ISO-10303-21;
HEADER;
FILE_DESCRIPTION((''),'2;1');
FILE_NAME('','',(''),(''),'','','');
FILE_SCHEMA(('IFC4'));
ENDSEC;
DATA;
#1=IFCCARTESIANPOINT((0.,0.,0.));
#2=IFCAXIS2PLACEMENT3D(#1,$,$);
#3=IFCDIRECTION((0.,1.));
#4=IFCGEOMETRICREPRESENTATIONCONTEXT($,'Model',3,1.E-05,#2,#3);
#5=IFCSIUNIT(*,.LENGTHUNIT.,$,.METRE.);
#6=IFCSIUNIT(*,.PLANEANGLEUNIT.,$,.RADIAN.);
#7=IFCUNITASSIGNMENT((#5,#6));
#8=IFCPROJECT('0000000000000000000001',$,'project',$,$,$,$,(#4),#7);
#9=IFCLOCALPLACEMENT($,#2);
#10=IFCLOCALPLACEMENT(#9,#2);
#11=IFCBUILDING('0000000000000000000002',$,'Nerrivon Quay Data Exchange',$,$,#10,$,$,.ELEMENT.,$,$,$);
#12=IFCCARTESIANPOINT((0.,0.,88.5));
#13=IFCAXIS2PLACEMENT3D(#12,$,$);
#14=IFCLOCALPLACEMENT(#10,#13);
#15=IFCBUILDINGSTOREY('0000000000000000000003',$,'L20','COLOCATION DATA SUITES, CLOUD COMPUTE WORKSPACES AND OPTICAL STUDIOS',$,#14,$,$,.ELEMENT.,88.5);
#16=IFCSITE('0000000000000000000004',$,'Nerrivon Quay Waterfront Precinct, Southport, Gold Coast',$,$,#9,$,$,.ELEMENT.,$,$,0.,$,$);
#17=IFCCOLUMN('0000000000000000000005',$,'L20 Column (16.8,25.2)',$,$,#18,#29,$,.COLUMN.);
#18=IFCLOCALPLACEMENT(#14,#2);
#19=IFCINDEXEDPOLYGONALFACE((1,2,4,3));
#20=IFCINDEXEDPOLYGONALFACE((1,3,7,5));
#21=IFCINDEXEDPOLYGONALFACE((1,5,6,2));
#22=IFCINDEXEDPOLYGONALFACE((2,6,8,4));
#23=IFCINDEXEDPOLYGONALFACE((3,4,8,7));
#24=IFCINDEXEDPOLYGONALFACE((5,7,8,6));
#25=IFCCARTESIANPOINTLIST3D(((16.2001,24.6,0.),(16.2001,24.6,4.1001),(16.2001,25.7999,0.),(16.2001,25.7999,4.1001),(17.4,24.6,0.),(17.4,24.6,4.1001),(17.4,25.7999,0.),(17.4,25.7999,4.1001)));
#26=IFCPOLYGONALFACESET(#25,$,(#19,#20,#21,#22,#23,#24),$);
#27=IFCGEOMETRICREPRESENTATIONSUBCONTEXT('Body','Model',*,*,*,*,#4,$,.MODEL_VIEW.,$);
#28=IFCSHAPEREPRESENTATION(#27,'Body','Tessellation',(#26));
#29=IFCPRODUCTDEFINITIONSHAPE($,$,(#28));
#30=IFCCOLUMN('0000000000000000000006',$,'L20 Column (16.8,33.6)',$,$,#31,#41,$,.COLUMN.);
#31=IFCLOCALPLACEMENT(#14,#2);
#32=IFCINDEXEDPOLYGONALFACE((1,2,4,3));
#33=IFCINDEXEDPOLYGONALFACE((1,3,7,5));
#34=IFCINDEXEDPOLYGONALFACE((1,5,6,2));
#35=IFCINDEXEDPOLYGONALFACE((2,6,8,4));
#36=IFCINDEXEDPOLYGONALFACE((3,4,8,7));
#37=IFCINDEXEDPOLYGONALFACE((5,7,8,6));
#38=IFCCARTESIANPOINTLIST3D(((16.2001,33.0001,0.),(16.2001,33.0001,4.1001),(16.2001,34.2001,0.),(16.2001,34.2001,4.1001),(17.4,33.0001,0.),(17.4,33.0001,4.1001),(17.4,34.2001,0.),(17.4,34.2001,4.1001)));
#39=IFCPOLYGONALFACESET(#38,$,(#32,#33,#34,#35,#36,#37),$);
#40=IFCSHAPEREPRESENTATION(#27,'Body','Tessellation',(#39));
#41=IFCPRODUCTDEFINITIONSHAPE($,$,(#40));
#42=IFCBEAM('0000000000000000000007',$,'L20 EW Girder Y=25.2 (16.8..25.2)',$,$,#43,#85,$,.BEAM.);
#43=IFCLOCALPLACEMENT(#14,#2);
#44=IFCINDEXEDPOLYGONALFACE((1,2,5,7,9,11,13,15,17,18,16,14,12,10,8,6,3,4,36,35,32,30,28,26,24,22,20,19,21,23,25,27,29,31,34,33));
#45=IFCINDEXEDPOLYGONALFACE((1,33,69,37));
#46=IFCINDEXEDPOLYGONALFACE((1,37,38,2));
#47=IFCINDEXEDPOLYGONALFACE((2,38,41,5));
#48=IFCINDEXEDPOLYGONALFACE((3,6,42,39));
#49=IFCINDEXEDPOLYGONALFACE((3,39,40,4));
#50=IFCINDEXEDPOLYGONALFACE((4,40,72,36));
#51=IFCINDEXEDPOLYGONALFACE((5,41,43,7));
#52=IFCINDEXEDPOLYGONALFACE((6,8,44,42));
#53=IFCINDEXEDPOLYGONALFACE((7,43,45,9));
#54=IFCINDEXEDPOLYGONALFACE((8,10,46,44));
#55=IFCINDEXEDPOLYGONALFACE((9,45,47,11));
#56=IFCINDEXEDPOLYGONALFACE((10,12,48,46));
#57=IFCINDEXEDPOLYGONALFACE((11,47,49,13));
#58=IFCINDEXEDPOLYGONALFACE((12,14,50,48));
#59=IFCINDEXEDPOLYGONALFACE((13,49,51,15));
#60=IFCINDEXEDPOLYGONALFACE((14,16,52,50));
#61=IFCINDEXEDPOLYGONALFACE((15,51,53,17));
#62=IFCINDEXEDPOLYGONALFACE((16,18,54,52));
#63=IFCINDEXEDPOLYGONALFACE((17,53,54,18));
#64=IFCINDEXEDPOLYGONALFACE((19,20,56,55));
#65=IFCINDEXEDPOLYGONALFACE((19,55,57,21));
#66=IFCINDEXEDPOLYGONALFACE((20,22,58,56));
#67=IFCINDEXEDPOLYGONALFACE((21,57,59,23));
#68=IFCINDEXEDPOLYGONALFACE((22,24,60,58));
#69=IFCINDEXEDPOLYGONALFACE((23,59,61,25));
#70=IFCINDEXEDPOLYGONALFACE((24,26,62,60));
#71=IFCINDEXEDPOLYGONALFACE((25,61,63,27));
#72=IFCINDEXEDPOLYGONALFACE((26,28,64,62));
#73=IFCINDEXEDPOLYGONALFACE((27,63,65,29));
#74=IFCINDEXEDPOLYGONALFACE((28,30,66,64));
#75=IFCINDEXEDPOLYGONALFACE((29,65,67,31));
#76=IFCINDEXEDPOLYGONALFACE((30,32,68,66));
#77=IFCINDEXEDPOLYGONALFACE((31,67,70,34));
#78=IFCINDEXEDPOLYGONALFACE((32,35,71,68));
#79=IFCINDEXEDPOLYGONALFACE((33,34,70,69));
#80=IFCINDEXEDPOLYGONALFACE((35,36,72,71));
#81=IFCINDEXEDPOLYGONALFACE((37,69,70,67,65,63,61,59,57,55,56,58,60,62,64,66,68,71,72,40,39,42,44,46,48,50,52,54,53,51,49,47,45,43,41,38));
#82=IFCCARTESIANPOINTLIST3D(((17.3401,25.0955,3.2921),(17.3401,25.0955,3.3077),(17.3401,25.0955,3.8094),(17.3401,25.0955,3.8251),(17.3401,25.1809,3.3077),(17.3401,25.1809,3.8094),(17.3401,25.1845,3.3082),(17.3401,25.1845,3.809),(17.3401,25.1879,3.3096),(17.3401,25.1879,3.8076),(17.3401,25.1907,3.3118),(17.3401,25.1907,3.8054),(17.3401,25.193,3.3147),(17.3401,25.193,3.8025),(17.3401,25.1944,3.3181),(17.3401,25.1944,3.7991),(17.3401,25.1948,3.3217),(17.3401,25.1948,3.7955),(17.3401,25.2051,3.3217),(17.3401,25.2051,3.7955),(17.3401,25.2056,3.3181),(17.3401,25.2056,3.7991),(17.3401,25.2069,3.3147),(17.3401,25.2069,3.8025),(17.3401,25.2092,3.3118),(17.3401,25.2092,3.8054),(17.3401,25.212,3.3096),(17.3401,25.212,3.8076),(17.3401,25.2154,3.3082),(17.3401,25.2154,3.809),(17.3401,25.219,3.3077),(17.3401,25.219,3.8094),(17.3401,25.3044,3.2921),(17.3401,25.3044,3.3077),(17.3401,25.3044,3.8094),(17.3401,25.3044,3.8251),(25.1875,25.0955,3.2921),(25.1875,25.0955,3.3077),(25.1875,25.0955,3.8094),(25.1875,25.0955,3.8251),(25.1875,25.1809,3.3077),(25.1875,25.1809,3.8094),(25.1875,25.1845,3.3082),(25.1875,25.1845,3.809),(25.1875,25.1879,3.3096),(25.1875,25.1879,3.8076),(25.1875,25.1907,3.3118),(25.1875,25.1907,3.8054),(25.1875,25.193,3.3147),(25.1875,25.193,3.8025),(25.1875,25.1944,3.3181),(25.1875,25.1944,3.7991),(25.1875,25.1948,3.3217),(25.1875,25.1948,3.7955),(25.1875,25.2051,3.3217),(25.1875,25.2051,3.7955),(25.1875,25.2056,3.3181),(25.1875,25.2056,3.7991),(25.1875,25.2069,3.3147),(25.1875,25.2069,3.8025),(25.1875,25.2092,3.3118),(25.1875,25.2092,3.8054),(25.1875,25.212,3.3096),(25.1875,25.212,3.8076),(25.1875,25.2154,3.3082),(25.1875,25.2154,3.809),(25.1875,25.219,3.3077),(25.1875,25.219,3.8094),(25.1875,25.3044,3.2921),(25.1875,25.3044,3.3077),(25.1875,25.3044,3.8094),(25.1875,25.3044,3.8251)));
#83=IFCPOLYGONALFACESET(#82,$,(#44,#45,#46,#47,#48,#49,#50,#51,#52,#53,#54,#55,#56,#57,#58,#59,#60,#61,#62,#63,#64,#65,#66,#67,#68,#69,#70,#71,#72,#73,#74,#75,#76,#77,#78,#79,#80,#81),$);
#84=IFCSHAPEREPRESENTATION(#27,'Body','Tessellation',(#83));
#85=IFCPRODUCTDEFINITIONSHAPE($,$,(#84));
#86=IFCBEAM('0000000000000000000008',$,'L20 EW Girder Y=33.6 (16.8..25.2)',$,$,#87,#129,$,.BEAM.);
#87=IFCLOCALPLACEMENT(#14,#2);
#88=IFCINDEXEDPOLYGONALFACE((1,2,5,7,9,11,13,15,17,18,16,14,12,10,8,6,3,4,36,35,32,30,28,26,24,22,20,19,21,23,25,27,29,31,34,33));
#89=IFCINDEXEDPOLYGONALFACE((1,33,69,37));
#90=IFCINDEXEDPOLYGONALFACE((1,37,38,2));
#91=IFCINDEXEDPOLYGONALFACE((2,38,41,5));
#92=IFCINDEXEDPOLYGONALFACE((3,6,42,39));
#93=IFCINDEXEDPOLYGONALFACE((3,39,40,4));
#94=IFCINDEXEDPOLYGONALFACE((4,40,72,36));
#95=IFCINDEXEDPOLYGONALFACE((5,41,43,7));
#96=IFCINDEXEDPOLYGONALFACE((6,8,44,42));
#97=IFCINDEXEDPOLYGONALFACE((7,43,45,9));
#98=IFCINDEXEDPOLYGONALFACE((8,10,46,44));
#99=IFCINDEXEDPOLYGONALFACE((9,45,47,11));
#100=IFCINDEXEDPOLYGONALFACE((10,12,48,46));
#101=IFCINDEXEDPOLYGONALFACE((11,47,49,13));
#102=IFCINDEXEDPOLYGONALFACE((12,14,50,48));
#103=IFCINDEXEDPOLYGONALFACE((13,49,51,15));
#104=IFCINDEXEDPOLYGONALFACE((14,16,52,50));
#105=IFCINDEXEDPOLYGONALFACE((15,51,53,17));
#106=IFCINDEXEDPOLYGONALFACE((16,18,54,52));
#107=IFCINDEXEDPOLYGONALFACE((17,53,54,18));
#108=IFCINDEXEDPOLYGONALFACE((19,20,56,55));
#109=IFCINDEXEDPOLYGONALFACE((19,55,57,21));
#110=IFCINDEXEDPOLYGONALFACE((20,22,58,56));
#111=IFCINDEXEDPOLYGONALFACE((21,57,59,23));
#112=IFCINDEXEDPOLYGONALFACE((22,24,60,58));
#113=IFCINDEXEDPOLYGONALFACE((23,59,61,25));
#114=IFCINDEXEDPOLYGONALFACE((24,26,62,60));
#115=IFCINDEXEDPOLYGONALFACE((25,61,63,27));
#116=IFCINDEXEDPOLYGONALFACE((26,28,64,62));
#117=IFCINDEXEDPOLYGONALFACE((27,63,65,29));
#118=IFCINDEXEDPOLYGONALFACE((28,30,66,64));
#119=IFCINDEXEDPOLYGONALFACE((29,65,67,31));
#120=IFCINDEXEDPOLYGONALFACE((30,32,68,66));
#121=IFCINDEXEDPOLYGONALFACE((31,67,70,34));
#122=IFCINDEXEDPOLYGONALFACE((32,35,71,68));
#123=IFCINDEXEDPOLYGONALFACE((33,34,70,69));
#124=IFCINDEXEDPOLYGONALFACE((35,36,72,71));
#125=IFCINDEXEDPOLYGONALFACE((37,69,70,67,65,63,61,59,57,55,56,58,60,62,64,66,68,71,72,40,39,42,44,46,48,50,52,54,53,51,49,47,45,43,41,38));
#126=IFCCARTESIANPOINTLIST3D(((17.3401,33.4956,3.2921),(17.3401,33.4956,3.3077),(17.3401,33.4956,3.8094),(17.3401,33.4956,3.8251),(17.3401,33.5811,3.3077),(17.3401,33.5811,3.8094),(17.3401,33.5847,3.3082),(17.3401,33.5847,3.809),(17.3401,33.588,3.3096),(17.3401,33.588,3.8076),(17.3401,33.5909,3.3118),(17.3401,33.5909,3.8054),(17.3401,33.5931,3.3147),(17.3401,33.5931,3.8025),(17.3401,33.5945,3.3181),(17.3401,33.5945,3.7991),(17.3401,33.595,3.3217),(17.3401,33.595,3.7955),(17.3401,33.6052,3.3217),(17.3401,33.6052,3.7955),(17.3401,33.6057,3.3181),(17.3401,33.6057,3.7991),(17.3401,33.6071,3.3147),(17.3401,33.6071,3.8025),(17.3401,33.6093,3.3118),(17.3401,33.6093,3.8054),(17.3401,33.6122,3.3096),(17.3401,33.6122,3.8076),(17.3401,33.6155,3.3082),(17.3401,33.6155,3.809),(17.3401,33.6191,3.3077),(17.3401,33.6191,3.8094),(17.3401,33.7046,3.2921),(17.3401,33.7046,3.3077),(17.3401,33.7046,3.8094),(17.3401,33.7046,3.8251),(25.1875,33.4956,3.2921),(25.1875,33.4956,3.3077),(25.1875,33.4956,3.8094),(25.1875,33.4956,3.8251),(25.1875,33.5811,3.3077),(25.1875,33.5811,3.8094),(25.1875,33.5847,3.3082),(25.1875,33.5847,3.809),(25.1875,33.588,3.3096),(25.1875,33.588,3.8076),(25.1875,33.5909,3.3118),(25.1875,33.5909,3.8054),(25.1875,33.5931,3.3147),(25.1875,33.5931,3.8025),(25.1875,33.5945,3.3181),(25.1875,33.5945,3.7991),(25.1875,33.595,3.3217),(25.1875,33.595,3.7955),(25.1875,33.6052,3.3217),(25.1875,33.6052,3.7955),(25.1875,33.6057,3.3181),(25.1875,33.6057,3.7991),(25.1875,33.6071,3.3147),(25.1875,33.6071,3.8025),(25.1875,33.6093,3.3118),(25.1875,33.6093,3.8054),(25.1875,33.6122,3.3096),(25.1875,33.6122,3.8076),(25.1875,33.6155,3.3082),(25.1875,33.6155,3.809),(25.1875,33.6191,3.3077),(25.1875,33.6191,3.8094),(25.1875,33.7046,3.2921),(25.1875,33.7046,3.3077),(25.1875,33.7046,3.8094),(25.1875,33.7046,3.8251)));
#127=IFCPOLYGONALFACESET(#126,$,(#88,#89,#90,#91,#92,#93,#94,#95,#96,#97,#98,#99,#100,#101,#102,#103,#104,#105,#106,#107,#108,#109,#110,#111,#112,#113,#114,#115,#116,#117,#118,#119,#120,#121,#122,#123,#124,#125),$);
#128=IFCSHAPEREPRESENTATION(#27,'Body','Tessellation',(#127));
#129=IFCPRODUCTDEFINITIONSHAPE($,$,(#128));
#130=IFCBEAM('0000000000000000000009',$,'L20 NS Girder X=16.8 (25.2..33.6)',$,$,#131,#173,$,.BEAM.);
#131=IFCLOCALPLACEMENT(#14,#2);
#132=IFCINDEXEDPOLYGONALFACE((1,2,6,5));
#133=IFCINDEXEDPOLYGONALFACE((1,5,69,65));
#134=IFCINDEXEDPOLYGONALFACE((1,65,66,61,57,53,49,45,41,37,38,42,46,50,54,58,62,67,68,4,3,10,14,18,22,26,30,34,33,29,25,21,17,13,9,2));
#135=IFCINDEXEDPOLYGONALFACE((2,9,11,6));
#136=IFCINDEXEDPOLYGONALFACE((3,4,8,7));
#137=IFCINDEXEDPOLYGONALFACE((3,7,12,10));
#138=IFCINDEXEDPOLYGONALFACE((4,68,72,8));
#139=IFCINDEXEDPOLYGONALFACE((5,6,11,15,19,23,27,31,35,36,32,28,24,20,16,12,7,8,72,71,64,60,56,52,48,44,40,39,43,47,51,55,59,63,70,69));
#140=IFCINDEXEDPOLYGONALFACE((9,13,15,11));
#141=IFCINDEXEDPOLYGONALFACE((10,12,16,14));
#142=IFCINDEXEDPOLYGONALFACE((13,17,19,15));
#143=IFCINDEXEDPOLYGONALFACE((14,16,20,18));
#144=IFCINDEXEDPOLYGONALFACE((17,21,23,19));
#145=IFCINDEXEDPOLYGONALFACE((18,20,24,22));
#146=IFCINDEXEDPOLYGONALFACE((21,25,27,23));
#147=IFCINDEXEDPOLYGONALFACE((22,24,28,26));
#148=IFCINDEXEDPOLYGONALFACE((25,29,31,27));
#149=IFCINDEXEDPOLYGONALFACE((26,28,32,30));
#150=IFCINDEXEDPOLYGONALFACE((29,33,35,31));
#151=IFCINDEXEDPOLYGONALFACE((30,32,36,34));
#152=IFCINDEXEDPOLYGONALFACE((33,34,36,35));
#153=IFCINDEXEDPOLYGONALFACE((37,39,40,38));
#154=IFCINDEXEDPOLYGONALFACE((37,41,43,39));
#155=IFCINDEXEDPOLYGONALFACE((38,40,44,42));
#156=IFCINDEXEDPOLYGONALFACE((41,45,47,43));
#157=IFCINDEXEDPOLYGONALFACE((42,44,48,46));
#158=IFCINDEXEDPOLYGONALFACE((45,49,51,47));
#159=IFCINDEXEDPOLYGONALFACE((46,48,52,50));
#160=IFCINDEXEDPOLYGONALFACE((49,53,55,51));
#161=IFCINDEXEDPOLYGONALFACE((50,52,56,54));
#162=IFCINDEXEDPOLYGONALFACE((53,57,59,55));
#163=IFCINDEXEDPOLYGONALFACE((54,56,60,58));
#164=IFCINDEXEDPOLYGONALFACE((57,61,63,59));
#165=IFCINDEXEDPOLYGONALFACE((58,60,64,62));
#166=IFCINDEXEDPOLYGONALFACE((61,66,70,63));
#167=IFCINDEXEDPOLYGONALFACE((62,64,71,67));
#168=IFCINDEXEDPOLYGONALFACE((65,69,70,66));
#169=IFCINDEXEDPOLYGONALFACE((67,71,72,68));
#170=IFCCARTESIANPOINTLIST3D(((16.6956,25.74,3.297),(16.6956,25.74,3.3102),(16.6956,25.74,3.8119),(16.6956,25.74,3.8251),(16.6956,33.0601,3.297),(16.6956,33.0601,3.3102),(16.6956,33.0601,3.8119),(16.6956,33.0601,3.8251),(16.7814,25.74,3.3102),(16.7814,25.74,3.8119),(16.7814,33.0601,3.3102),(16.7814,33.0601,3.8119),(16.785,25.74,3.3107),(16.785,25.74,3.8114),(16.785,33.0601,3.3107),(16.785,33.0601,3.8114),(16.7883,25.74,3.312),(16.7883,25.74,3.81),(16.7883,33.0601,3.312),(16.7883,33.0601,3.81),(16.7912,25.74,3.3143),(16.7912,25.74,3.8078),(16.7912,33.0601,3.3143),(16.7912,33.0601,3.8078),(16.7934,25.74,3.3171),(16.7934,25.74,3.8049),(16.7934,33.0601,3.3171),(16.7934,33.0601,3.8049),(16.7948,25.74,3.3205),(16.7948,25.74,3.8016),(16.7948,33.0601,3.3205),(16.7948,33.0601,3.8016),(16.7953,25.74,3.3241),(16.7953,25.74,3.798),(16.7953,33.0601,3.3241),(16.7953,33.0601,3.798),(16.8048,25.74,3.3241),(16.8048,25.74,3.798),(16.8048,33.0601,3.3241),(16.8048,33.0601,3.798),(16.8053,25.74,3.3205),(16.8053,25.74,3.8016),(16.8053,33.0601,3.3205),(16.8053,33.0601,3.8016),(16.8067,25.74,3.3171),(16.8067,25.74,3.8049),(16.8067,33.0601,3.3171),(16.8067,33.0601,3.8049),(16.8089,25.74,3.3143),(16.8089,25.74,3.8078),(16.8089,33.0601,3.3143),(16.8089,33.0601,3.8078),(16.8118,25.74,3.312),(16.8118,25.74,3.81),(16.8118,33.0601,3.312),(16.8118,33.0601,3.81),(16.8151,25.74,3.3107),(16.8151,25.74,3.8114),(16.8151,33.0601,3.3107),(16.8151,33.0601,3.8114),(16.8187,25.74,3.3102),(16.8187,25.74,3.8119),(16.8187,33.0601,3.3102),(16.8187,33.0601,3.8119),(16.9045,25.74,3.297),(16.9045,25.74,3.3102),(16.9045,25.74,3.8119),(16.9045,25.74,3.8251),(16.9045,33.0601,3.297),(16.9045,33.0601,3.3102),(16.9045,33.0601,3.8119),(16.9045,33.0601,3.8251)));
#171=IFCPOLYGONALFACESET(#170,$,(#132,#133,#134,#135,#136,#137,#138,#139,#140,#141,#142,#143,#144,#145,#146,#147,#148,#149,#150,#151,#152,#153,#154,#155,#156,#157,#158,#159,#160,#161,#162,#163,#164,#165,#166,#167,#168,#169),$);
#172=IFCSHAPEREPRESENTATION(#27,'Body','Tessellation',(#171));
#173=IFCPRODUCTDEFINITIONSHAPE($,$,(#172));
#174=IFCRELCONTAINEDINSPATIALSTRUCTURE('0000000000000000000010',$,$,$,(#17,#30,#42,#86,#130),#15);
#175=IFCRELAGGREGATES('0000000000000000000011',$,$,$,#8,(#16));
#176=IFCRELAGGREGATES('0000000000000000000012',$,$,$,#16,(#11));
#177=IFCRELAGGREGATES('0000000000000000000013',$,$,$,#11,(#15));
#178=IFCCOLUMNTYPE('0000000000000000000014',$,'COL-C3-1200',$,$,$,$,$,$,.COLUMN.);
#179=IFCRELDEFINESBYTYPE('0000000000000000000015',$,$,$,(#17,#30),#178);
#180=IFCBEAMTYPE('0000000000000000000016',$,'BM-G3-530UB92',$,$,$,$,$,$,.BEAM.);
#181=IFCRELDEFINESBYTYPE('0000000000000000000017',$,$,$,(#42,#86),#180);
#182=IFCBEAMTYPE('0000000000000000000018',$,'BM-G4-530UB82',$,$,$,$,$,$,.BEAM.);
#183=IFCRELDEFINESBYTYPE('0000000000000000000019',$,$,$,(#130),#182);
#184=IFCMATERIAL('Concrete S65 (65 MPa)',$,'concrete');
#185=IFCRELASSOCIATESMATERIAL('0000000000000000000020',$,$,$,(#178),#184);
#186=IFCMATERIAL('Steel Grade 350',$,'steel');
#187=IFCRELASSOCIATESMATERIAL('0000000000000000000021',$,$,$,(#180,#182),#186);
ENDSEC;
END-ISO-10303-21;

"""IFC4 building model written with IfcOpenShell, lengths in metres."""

from ifc_helpers import new_model, si_unit, direction, frame, origin, origin_2d, place, context, subcontext, project, spatial, rectangle, i_section, extrude, material, material_profile, profile_set, type_object, element, save


model = new_model("IFC4")

# Units and contexts
model_context = context("Model", 3, precision=1e-05, world=origin(), true_north=direction((0.0, 1.0)))
body_context = subcontext(model_context, "Body", "Model", "MODEL_VIEW")
ifc_project = project(units=[si_unit("LENGTHUNIT", "METRE"), si_unit("PLANEANGLEUNIT", "RADIAN")], contexts=[model_context])

# Site, building, storey
site_placement = place(None, origin())
site = spatial("IfcSite", under=ifc_project, at=site_placement, Name="Nerrivon Quay Waterfront Precinct, Southport, Gold Coast", CompositionType="ELEMENT", RefElevation=0.0)
building_placement = place(site_placement, origin())
building = spatial("IfcBuilding", under=site, at=building_placement, Name="Nerrivon Quay Data Exchange", CompositionType="ELEMENT")
storey_placement = place(building_placement, frame((0.0, 0.0, 88.5)))
storey = spatial("IfcBuildingStorey", under=building, at=storey_placement, Name="L20", Description="COLOCATION DATA SUITES, CLOUD COMPUTE WORKSPACES AND OPTICAL STUDIOS", CompositionType="ELEMENT", Elevation=88.5)

# Columns
ifc_material_1 = material(Name="Concrete S65 (65 MPa)", Category="concrete")
ifc_material_profile_1 = material_profile(ifc_material_1, rectangle(XDim=1.2, YDim=1.2, at=origin_2d()), Name="RC-COL-1200x1200")
ifc_profile_set_1 = profile_set([ifc_material_profile_1], Name="Concrete S65 (65 MPa)")
column_type = type_object("IfcColumnType", Name="COL-C3-1200", PredefinedType="COLUMN", material=ifc_profile_set_1)
for number, where, z_axis, x_axis, name in (
    (1, (16.8, 25.2, 0.0), (0.0, 0.0, 1.0), (1.0, 0.0, 0.0), "L20 Column (16.8,25.2)"),
    (2, (16.8, 33.6001, 0.0), (0.0, 0.0, 1.0), (1.0, 0.0, 0.0), "L20 Column (16.8,33.6)"),
):
    element("IfcColumn", number, at=place(storey_placement, frame(where, z_axis=z_axis, x_axis=x_axis)), inside=storey, type_object=column_type, Name=name, PredefinedType="COLUMN", context=body_context, shape_type="SweptSolid", body=[
        extrude(rectangle(XDim=1.2, YDim=1.2, at=origin_2d()), origin(), (0.0, 0.0, 1.0), 4.1001),
    ])

# Beams
ifc_material_2 = material(Name="Steel Grade 350", Category="steel")
ifc_material_profile_2 = material_profile(ifc_material_2, i_section(OverallWidth=0.209, OverallDepth=0.533, WebThickness=0.0103, FlangeThickness=0.0156, FilletRadius=0.0139, at=origin_2d()), Name="530UB92.4")
ifc_profile_set_2 = profile_set([ifc_material_profile_2], Name="Steel Grade 350")
beam_type_1 = type_object("IfcBeamType", Name="BM-G3-530UB92", PredefinedType="BEAM", material=ifc_profile_set_2)
for number, where, z_axis, x_axis, name in (
    (3, (17.3401, 25.2, 3.5586), (1.0, 0.0, 0.0), (0.0, 1.0, 0.0), "L20 EW Girder Y=25.2 (16.8..25.2)"),
    (4, (17.3401, 33.6001, 3.5586), (1.0, 0.0, 0.0), (0.0, 1.0, 0.0), "L20 EW Girder Y=33.6 (16.8..25.2)"),
):
    element("IfcBeam", number, at=place(storey_placement, frame(where, z_axis=z_axis, x_axis=x_axis)), inside=storey, type_object=beam_type_1, Name=name, PredefinedType="BEAM", context=body_context, shape_type="SweptSolid", body=[
        extrude(i_section(OverallWidth=0.209, OverallDepth=0.533, WebThickness=0.0103, FlangeThickness=0.0156, FilletRadius=0.0139, at=origin_2d()), origin(), (0.0, 0.0, 1.0), 7.8474),
    ])
ifc_material_profile_3 = material_profile(ifc_material_2, i_section(OverallWidth=0.209, OverallDepth=0.5281, WebThickness=0.0095, FlangeThickness=0.0132, FilletRadius=0.0139, at=origin_2d()), Name="530UB82.0")
ifc_profile_set_3 = profile_set([ifc_material_profile_3], Name="Steel Grade 350")
beam_type_2 = type_object("IfcBeamType", Name="BM-G4-530UB82", PredefinedType="BEAM", material=ifc_profile_set_3)
for number, where, z_axis, x_axis, name in (
    (5, (16.8, 25.74, 3.561), (0.0, 1.0, 0.0), (-1.0, 0.0, 0.0), "L20 NS Girder X=16.8 (25.2..33.6)"),
):
    element("IfcBeam", number, at=place(storey_placement, frame(where, z_axis=z_axis, x_axis=x_axis)), inside=storey, type_object=beam_type_2, Name=name, PredefinedType="BEAM", context=body_context, shape_type="SweptSolid", body=[
        extrude(i_section(OverallWidth=0.209, OverallDepth=0.5281, WebThickness=0.0095, FlangeThickness=0.0132, FilletRadius=0.0139, at=origin_2d()), origin(), (0.0, 0.0, 1.0), 7.3201),
    ])

save(model, "model.ifc")
